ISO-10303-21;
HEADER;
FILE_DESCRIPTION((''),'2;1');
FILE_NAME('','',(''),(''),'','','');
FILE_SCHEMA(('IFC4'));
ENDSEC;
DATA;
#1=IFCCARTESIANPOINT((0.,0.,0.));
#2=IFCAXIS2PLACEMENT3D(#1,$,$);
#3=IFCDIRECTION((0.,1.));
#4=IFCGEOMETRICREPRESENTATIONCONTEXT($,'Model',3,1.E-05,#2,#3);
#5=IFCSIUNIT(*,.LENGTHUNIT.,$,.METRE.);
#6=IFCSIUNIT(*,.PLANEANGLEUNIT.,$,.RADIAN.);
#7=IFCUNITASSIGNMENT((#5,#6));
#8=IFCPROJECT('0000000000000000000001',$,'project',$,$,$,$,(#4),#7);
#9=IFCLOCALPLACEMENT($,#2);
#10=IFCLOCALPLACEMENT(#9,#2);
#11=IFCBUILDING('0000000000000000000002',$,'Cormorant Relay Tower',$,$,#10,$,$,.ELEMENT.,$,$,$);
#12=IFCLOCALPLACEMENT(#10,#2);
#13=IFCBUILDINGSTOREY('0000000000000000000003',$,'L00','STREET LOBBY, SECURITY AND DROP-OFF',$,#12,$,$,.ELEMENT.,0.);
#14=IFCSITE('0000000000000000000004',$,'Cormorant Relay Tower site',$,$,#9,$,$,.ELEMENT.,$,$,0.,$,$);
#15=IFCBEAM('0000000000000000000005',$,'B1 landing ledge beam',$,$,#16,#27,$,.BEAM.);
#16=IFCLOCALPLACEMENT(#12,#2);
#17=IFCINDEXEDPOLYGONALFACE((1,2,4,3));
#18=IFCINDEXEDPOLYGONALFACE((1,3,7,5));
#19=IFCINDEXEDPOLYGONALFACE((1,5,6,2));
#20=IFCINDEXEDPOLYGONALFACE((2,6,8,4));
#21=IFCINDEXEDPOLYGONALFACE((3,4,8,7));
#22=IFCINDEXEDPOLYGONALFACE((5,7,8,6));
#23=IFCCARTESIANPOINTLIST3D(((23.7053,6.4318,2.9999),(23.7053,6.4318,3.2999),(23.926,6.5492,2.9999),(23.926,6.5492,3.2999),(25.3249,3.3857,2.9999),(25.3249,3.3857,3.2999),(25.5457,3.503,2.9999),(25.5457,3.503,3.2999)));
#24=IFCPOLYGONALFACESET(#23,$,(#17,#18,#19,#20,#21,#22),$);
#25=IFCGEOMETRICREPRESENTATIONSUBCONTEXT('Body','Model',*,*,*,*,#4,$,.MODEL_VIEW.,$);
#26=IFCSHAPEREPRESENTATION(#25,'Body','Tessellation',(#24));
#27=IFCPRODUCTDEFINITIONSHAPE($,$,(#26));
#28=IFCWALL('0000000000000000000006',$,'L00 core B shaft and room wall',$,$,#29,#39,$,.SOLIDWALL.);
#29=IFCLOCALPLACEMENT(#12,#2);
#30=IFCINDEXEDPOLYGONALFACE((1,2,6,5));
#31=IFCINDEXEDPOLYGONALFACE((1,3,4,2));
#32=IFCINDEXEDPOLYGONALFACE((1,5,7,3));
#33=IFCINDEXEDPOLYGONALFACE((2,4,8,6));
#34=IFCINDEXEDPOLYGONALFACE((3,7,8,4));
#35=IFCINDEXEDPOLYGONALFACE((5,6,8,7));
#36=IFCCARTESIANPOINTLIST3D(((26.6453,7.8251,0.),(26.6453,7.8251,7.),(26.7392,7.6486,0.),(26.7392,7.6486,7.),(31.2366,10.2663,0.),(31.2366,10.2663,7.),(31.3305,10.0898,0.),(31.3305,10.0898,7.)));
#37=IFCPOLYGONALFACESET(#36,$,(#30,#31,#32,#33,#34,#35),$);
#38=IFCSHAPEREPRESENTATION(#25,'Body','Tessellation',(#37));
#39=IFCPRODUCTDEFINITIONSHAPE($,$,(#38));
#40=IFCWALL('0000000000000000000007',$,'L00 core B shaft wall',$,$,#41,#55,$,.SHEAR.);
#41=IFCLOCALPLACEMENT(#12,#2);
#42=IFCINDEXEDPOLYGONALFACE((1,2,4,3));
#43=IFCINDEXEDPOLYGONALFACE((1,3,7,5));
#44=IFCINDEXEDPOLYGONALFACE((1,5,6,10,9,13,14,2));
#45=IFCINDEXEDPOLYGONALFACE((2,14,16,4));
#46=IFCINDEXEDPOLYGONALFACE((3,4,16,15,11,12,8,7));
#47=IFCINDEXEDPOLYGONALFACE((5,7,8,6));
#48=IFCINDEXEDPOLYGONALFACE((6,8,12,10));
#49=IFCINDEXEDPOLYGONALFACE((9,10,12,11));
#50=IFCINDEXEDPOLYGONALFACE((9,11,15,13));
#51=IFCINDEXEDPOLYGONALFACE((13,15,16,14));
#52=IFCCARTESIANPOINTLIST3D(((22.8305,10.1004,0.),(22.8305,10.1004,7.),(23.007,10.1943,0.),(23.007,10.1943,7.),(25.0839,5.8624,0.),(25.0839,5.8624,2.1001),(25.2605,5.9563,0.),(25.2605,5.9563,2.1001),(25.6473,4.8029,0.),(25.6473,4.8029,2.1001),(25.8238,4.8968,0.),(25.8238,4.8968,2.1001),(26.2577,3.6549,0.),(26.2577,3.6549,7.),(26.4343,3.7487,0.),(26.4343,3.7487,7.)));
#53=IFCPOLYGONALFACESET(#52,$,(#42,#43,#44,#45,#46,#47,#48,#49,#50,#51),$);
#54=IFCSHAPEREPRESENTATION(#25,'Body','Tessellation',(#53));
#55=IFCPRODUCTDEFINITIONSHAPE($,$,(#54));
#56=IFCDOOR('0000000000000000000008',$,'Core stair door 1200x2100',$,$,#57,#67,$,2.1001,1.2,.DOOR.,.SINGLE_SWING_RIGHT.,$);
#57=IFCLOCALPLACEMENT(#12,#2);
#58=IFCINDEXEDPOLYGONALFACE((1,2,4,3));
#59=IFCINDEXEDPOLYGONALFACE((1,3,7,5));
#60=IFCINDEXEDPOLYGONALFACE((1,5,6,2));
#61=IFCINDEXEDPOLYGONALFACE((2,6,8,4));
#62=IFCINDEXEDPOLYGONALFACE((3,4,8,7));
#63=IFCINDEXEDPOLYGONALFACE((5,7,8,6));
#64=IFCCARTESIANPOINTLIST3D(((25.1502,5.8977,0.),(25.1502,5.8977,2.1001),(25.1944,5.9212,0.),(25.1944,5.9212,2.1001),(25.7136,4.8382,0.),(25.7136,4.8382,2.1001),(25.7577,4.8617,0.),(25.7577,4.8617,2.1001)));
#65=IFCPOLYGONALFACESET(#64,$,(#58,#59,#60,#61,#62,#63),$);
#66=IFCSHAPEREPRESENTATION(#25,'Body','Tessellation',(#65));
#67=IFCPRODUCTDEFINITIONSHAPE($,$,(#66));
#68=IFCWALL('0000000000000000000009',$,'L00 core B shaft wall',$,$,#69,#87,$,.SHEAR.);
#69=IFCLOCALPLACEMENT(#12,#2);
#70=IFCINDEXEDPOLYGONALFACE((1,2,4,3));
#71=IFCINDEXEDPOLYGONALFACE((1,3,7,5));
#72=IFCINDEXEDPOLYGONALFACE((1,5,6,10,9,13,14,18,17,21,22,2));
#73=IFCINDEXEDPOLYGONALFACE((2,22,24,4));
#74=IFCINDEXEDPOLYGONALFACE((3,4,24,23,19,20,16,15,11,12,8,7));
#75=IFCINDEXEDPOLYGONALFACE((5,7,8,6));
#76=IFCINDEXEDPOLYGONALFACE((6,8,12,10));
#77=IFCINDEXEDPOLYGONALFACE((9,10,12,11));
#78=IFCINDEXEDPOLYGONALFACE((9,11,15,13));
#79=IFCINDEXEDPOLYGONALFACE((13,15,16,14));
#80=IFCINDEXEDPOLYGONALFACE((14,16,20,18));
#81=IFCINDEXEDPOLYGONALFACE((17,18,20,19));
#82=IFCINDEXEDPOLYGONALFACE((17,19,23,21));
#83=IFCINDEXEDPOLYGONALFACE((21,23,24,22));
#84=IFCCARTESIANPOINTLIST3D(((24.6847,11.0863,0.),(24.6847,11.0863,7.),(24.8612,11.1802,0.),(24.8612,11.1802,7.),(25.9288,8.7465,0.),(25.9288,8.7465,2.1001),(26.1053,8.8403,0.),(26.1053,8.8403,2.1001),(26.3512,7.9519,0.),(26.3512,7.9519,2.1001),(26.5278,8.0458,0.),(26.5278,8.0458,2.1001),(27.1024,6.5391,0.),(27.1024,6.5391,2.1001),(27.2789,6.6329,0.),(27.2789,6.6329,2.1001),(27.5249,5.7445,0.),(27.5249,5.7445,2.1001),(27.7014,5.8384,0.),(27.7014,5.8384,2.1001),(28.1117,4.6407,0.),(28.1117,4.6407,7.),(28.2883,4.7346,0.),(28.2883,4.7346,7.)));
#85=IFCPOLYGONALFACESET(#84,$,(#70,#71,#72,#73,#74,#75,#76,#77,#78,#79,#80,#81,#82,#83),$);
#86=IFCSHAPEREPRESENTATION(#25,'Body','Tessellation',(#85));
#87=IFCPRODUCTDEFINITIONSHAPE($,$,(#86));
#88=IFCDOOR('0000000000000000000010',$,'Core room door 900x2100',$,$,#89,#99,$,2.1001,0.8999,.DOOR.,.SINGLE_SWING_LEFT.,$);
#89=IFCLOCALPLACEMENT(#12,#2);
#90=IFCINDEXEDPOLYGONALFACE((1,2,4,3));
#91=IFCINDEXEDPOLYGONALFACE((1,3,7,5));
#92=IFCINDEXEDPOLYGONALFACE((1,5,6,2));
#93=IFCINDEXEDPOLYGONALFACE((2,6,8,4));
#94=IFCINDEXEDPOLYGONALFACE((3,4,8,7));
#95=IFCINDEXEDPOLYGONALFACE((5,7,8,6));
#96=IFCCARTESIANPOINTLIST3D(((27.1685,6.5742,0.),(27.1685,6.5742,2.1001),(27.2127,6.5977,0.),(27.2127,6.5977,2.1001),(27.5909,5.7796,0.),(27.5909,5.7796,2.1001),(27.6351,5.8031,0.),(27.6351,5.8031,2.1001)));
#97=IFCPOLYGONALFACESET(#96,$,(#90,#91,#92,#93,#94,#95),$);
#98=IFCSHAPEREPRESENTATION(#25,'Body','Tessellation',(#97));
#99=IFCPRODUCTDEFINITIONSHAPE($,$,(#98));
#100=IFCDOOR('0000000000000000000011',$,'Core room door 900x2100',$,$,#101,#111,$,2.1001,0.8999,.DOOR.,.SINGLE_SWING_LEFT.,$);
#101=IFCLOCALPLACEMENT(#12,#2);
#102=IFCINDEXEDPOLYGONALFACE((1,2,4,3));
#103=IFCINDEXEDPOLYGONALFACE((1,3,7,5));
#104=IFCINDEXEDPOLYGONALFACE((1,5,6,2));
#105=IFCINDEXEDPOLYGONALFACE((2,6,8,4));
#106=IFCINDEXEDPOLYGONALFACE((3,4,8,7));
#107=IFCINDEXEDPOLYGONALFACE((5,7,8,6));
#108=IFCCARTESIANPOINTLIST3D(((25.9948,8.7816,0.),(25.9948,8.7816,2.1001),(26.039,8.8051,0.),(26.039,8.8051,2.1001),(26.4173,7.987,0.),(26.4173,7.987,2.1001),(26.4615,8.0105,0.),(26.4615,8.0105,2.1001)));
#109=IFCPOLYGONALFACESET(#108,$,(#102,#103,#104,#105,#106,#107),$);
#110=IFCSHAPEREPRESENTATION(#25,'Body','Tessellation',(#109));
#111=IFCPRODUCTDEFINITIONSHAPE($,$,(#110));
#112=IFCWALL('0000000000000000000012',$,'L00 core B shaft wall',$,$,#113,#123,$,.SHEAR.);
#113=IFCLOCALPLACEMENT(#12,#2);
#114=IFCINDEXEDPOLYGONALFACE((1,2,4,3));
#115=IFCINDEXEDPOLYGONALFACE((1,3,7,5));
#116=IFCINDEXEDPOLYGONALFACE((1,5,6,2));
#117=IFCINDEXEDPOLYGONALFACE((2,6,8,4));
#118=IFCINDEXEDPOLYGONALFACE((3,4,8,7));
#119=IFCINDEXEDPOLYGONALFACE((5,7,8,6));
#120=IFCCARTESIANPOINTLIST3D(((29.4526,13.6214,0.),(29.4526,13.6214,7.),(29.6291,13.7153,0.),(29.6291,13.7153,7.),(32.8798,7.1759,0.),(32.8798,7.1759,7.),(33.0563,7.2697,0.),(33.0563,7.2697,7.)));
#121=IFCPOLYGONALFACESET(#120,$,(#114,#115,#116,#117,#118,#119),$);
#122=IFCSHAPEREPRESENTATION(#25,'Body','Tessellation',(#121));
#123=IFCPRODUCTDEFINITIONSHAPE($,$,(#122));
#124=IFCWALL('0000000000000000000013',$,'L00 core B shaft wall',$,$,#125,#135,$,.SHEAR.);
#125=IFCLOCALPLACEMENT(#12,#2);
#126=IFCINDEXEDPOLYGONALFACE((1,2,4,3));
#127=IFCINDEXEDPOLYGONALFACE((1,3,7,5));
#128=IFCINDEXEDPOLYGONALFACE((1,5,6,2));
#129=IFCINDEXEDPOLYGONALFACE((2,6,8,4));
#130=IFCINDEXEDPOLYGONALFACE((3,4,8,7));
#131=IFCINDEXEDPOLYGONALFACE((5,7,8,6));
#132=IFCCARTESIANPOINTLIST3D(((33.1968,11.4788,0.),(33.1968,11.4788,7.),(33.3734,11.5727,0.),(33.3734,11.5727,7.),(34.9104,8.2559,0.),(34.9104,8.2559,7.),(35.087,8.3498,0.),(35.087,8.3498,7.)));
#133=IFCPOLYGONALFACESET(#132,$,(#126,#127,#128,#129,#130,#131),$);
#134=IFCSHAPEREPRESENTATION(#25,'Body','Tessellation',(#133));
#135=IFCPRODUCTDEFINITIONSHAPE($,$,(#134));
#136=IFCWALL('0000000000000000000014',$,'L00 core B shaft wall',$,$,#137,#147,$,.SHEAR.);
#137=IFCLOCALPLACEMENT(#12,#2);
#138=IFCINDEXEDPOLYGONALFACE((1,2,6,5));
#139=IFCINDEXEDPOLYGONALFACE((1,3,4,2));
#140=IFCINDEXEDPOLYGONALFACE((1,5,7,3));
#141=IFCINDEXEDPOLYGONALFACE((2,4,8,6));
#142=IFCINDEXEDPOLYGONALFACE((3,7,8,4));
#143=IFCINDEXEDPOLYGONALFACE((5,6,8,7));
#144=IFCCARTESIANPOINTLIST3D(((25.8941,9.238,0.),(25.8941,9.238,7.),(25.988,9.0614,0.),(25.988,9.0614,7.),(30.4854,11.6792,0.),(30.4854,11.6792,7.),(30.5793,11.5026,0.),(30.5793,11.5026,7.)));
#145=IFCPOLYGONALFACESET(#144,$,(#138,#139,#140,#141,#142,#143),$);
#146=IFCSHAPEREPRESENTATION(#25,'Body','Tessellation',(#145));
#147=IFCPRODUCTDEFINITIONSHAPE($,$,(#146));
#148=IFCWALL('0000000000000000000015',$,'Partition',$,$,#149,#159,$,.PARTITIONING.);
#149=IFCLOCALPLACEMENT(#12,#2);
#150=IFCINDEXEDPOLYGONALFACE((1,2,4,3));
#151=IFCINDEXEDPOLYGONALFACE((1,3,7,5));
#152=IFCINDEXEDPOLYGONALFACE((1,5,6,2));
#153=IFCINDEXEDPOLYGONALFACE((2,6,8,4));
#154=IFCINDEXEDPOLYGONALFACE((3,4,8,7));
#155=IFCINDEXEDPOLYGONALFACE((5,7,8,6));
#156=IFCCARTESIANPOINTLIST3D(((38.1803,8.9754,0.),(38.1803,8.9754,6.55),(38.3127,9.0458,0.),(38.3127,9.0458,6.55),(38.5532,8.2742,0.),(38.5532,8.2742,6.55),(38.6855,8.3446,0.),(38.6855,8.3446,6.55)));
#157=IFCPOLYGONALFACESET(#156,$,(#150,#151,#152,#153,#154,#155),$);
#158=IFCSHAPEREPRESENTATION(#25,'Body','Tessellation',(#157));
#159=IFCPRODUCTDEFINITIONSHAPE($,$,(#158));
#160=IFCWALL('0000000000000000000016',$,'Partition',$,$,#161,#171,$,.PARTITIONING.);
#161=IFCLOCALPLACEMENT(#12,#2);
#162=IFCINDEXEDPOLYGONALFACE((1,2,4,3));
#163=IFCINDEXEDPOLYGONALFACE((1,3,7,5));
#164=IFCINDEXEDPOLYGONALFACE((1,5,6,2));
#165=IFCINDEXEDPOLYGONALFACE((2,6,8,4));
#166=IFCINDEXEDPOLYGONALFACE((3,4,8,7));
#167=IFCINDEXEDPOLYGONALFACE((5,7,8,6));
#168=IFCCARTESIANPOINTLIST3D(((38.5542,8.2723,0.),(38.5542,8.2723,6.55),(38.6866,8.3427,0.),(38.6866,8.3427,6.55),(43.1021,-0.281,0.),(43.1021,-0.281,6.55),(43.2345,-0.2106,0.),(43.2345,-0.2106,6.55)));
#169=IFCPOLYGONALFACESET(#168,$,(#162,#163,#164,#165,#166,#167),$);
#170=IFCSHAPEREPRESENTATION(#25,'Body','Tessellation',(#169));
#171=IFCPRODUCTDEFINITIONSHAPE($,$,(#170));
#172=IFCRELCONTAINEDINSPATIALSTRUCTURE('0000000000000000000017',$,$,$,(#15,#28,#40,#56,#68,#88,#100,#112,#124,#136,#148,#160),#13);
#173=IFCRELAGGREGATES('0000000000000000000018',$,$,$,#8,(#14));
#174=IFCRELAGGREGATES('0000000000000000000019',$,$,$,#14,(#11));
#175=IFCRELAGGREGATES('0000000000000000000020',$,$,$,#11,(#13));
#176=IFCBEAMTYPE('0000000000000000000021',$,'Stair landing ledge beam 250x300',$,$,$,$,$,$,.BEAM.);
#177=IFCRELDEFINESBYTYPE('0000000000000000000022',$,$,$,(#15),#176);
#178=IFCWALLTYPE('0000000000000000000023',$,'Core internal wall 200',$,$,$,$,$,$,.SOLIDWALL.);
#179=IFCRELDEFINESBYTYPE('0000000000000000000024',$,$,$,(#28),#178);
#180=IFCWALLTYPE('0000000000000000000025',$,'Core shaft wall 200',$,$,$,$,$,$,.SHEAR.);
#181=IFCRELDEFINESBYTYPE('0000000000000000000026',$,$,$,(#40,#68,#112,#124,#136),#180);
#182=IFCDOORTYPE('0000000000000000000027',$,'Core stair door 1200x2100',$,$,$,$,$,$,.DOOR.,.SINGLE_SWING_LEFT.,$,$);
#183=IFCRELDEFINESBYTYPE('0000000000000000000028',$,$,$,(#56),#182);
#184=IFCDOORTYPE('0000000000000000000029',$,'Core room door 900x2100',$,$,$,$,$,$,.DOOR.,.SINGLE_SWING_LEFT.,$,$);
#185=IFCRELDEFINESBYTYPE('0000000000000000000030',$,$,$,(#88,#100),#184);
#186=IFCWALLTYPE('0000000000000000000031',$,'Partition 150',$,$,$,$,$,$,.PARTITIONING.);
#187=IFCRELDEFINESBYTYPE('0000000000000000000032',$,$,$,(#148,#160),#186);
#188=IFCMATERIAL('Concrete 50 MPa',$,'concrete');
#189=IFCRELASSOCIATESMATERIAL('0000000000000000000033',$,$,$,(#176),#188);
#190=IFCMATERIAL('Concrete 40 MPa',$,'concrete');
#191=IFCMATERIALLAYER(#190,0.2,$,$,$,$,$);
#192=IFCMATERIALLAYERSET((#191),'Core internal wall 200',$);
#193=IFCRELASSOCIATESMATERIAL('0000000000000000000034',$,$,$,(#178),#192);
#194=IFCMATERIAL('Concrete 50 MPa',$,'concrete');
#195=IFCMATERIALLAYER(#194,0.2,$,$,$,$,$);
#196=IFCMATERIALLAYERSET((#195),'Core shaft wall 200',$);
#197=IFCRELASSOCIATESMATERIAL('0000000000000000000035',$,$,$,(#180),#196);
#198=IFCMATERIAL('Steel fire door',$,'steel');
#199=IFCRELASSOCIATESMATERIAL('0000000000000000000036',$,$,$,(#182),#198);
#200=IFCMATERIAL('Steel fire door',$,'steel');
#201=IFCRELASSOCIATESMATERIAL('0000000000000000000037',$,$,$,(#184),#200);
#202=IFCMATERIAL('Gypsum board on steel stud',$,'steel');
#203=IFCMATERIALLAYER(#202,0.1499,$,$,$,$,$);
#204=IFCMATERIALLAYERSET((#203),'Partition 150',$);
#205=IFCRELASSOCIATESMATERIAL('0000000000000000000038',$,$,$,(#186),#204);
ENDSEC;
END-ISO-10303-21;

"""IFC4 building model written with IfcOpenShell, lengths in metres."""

from ifc_helpers import new_model, si_unit, direction, frame, frame_2d, origin, origin_2d, place, context, subcontext, project, spatial, rectangle, extrude, material, layer, layer_set, material_profile, profile_set, type_object, element, fill, save


model = new_model("IFC4")

# Units and contexts
model_context = context("Model", 3, precision=1e-05, world=origin(), true_north=direction((0.0, 1.0)))
body_context = subcontext(model_context, "Body", "Model", "MODEL_VIEW")
ifc_project = project(units=[si_unit("LENGTHUNIT", "METRE"), si_unit("PLANEANGLEUNIT", "RADIAN")], contexts=[model_context])

# Site, building, storey
site_placement = place(None, origin())
site = spatial("IfcSite", under=ifc_project, at=site_placement, Name="Cormorant Relay Tower site", CompositionType="ELEMENT", RefElevation=0.0)
building_placement = place(site_placement, origin())
building = spatial("IfcBuilding", under=site, at=building_placement, Name="Cormorant Relay Tower", CompositionType="ELEMENT")
storey_placement = place(building_placement, origin())
storey = spatial("IfcBuildingStorey", under=building, at=storey_placement, Name="L00", Description="STREET LOBBY, SECURITY AND DROP-OFF", CompositionType="ELEMENT", Elevation=0.0)

# Beam
ifc_material_1 = material(Name="Concrete 50 MPa", Category="concrete")
ifc_material_profile = material_profile(ifc_material_1, rectangle(XDim=0.25, YDim=0.3, at=origin_2d()), Name="RC 250x300")
ifc_profile_set = profile_set([ifc_material_profile], Name="Concrete 50 MPa")
beam_type = type_object("IfcBeamType", Name="Stair landing ledge beam 250x300", PredefinedType="BEAM", material=ifc_profile_set)
beam_placement = place(storey_placement, frame((23.8157, 6.4905, 3.1499), z_axis=(0.469464, -0.882952, 0.0), x_axis=(0.882952, 0.469464, 0.0)))
element("IfcBeam", 1, at=beam_placement, inside=storey, type_object=beam_type, Name="B1 landing ledge beam", PredefinedType="BEAM", context=body_context, shape_type="SweptSolid", body=[
    extrude(rectangle(XDim=0.25, YDim=0.3, at=origin_2d()), origin(), (0.0, 0.0, 1.0), 3.45),
])

# Wall
ifc_material_2 = material(Name="Concrete 40 MPa", Category="concrete")
ifc_layer_1 = layer(ifc_material_2, 0.2)
ifc_layer_set_1 = layer_set([ifc_layer_1], Name="Core internal wall 200")
wall_type_1 = type_object("IfcWallType", Name="Core internal wall 200", PredefinedType="SOLIDWALL", material=ifc_layer_set_1)
wall_1_placement = place(storey_placement, frame((26.6921, 7.7368, 0.0), z_axis=(0.0, 0.0, 1.0), x_axis=(0.882954, 0.46946, 0.0)))
element("IfcWall", 2, at=wall_1_placement, inside=storey, type_object=wall_type_1, Name="L00 core B shaft and room wall", PredefinedType="SOLIDWALL", context=body_context, shape_type="SweptSolid", body=[
    extrude(rectangle(XDim=5.2, YDim=0.2, at=frame_2d((2.6001, 0.0))), origin(), (0.0, 0.0, 1.0), 7.0),
])

# Wall, opening, door
ifc_material_3 = material(Name="Concrete 50 MPa", Category="concrete")
ifc_layer_2 = layer(ifc_material_3, 0.2)
ifc_layer_set_2 = layer_set([ifc_layer_2], Name="Core shaft wall 200")
wall_type_2 = type_object("IfcWallType", Name="Core shaft wall 200", PredefinedType="SHEAR", material=ifc_layer_set_2)
wall_2_placement = place(storey_placement, frame((26.3459, 3.7019, 0.0), z_axis=(0.0, 0.0, 1.0), x_axis=(-0.46948, 0.882943, 0.0)))
wall_2 = element("IfcWall", 3, at=wall_2_placement, inside=storey, type_object=wall_type_2, Name="L00 core B shaft wall", PredefinedType="SHEAR", context=body_context, shape_type="SweptSolid", body=[
    extrude(rectangle(XDim=7.3, YDim=0.2, at=frame_2d((3.6499, 0.0))), origin(), (0.0, 0.0, 1.0), 7.0),
])
opening_1_placement = place(wall_2_placement, frame((1.3, 0.0, 0.0)))
opening_1 = element("IfcOpeningElement", 4, at=opening_1_placement, cuts=wall_2, PredefinedType="OPENING", context=body_context, shape_type="SweptSolid", body=[
    extrude(rectangle(XDim=1.2, YDim=2.1001, at=frame_2d((0.6001, 1.05))), frame((0.0, 0.1099, 0.0), z_axis=(0.0, -1.0, 0.0), x_axis=(1.0, 0.0, 0.0)), (0.0, 0.0, 1.0), 0.22),
])
ifc_material_4 = material(Name="Steel fire door", Category="steel")
door_type_1 = type_object("IfcDoorType", Name="Core stair door 1200x2100", OperationType="SINGLE_SWING_LEFT", PredefinedType="DOOR", material=ifc_material_4)
door_1_placement = place(opening_1_placement, origin())
door_1 = element("IfcDoor", 5, at=door_1_placement, inside=storey, type_object=door_type_1, Name="Core stair door 1200x2100", OperationType="SINGLE_SWING_RIGHT", OverallHeight=2.1001, OverallWidth=1.2, PredefinedType="DOOR", context=body_context, shape_type="SweptSolid", body=[
    extrude(rectangle(XDim=1.2, YDim=2.1001, at=frame_2d((0.6001, 1.05))), frame((0.0, 0.0249, 0.0), z_axis=(0.0, -1.0, 0.0), x_axis=(1.0, 0.0, 0.0)), (0.0, 0.0, 1.0), 0.05),
])
fill(opening_1, door_1)

# Wall, openings, doors
wall_3_placement = place(storey_placement, frame((28.2, 4.6877, 0.0), z_axis=(0.0, 0.0, 1.0), x_axis=(-0.469454, 0.882957, 0.0)))
wall_3 = element("IfcWall", 6, at=wall_3_placement, inside=storey, type_object=wall_type_2, Name="L00 core B shaft wall", PredefinedType="SHEAR", context=body_context, shape_type="SweptSolid", body=[
    extrude(rectangle(XDim=7.3, YDim=0.2, at=frame_2d((3.6499, 0.0))), origin(), (0.0, 0.0, 1.0), 7.0),
])
opening_2_placement = place(wall_3_placement, frame((1.25, 0.0, 0.0)))
opening_2 = element("IfcOpeningElement", 7, at=opening_2_placement, cuts=wall_3, PredefinedType="OPENING", context=body_context, shape_type="SweptSolid", body=[
    extrude(rectangle(XDim=0.8999, YDim=2.1001, at=frame_2d((0.45, 1.05))), frame((0.0, 0.1099, 0.0), z_axis=(0.0, -1.0, 0.0), x_axis=(1.0, 0.0, 0.0)), (0.0, 0.0, 1.0), 0.22),
])
opening_3_placement = place(wall_3_placement, frame((3.75, 0.0, 0.0)))
opening_3 = element("IfcOpeningElement", 8, at=opening_3_placement, cuts=wall_3, PredefinedType="OPENING", context=body_context, shape_type="SweptSolid", body=[
    extrude(rectangle(XDim=0.8999, YDim=2.1001, at=frame_2d((0.45, 1.05))), frame((0.0, 0.1099, 0.0), z_axis=(0.0, -1.0, 0.0), x_axis=(1.0, 0.0, 0.0)), (0.0, 0.0, 1.0), 0.22),
])
ifc_material_5 = material(Name="Steel fire door", Category="steel")
door_type_2 = type_object("IfcDoorType", Name="Core room door 900x2100", OperationType="SINGLE_SWING_LEFT", PredefinedType="DOOR", material=ifc_material_5)
door_2_placement = place(opening_2_placement, frame((0.8999, 0.0, 0.0), z_axis=(0.0, 0.0, 1.0), x_axis=(-1.0, 0.0, 0.0)))
door_2 = element("IfcDoor", 9, at=door_2_placement, inside=storey, type_object=door_type_2, Name="Core room door 900x2100", OperationType="SINGLE_SWING_LEFT", OverallHeight=2.1001, OverallWidth=0.8999, PredefinedType="DOOR", context=body_context, shape_type="SweptSolid", body=[
    extrude(rectangle(XDim=0.8999, YDim=2.1001, at=frame_2d((0.45, 1.05))), frame((0.0, 0.0249, 0.0), z_axis=(0.0, -1.0, 0.0), x_axis=(1.0, 0.0, 0.0)), (0.0, 0.0, 1.0), 0.05),
])
fill(opening_2, door_2)
door_3_placement = place(opening_3_placement, frame((0.8999, 0.0, 0.0), z_axis=(0.0, 0.0, 1.0), x_axis=(-1.0, 0.0, 0.0)))
door_3 = element("IfcDoor", 10, at=door_3_placement, inside=storey, type_object=door_type_2, Name="Core room door 900x2100", OperationType="SINGLE_SWING_LEFT", OverallHeight=2.1001, OverallWidth=0.8999, PredefinedType="DOOR", context=body_context, shape_type="SweptSolid", body=[
    extrude(rectangle(XDim=0.8999, YDim=2.1001, at=frame_2d((0.45, 1.05))), frame((0.0, 0.0249, 0.0), z_axis=(0.0, -1.0, 0.0), x_axis=(1.0, 0.0, 0.0)), (0.0, 0.0, 1.0), 0.05),
])
fill(opening_3, door_3)

# Walls
wall_4_placement = place(storey_placement, frame((32.968, 7.2229, 0.0), z_axis=(0.0, 0.0, 1.0), x_axis=(-0.46948, 0.882943, 0.0)))
element("IfcWall", 11, at=wall_4_placement, inside=storey, type_object=wall_type_2, Name="L00 core B shaft wall", PredefinedType="SHEAR", context=body_context, shape_type="SweptSolid", body=[
    extrude(rectangle(XDim=7.3, YDim=0.2, at=frame_2d((3.6499, 0.0))), origin(), (0.0, 0.0, 1.0), 7.0),
])
wall_5_placement = place(storey_placement, frame((34.9988, 8.3027, 0.0), z_axis=(0.0, 0.0, 1.0), x_axis=(-0.469467, 0.88295, 0.0)))
element("IfcWall", 12, at=wall_5_placement, inside=storey, type_object=wall_type_2, Name="L00 core B shaft wall", PredefinedType="SHEAR", context=body_context, shape_type="SweptSolid", body=[
    extrude(rectangle(XDim=3.6501, YDim=0.2, at=frame_2d((1.8252, 0.0))), origin(), (0.0, 0.0, 1.0), 7.0),
])
wall_6_placement = place(storey_placement, frame((25.9409, 9.1497, 0.0), z_axis=(0.0, 0.0, 1.0), x_axis=(0.882954, 0.46946, 0.0)))
element("IfcWall", 13, at=wall_6_placement, inside=storey, type_object=wall_type_2, Name="L00 core B shaft wall", PredefinedType="SHEAR", context=body_context, shape_type="SweptSolid", body=[
    extrude(rectangle(XDim=5.2, YDim=0.2, at=frame_2d((2.6001, 0.0))), origin(), (0.0, 0.0, 1.0), 7.0),
])

# Walls
ifc_material_6 = material(Name="Gypsum board on steel stud", Category="steel")
ifc_layer_3 = layer(ifc_material_6, 0.1499)
ifc_layer_set_3 = layer_set([ifc_layer_3], Name="Partition 150")
wall_type_3 = type_object("IfcWallType", Name="Partition 150", PredefinedType="PARTITIONING", material=ifc_layer_set_3)
wall_7_placement = place(storey_placement, frame((38.2466, 9.0105, 0.0), z_axis=(0.0, 0.0, 1.0), x_axis=(0.469455, -0.882956, 0.0)))
element("IfcWall", 14, at=wall_7_placement, inside=storey, type_object=wall_type_3, Name="Partition", PredefinedType="PARTITIONING", context=body_context, shape_type="SweptSolid", body=[
    extrude(rectangle(XDim=0.7942, YDim=0.1499, at=frame_2d((0.397, 0.0))), origin(), (0.0, 0.0, 1.0), 6.55),
])
wall_8_placement = place(storey_placement, frame((38.6204, 8.3076, 0.0), z_axis=(0.0, 0.0, 1.0), x_axis=(0.469473, -0.882947, 0.0)))
element("IfcWall", 15, at=wall_8_placement, inside=storey, type_object=wall_type_3, Name="Partition", PredefinedType="PARTITIONING", context=body_context, shape_type="SweptSolid", body=[
    extrude(rectangle(XDim=9.6873, YDim=0.1499, at=frame_2d((4.8438, 0.0))), origin(), (0.0, 0.0, 1.0), 6.55),
])

save(model, "model.ifc")
